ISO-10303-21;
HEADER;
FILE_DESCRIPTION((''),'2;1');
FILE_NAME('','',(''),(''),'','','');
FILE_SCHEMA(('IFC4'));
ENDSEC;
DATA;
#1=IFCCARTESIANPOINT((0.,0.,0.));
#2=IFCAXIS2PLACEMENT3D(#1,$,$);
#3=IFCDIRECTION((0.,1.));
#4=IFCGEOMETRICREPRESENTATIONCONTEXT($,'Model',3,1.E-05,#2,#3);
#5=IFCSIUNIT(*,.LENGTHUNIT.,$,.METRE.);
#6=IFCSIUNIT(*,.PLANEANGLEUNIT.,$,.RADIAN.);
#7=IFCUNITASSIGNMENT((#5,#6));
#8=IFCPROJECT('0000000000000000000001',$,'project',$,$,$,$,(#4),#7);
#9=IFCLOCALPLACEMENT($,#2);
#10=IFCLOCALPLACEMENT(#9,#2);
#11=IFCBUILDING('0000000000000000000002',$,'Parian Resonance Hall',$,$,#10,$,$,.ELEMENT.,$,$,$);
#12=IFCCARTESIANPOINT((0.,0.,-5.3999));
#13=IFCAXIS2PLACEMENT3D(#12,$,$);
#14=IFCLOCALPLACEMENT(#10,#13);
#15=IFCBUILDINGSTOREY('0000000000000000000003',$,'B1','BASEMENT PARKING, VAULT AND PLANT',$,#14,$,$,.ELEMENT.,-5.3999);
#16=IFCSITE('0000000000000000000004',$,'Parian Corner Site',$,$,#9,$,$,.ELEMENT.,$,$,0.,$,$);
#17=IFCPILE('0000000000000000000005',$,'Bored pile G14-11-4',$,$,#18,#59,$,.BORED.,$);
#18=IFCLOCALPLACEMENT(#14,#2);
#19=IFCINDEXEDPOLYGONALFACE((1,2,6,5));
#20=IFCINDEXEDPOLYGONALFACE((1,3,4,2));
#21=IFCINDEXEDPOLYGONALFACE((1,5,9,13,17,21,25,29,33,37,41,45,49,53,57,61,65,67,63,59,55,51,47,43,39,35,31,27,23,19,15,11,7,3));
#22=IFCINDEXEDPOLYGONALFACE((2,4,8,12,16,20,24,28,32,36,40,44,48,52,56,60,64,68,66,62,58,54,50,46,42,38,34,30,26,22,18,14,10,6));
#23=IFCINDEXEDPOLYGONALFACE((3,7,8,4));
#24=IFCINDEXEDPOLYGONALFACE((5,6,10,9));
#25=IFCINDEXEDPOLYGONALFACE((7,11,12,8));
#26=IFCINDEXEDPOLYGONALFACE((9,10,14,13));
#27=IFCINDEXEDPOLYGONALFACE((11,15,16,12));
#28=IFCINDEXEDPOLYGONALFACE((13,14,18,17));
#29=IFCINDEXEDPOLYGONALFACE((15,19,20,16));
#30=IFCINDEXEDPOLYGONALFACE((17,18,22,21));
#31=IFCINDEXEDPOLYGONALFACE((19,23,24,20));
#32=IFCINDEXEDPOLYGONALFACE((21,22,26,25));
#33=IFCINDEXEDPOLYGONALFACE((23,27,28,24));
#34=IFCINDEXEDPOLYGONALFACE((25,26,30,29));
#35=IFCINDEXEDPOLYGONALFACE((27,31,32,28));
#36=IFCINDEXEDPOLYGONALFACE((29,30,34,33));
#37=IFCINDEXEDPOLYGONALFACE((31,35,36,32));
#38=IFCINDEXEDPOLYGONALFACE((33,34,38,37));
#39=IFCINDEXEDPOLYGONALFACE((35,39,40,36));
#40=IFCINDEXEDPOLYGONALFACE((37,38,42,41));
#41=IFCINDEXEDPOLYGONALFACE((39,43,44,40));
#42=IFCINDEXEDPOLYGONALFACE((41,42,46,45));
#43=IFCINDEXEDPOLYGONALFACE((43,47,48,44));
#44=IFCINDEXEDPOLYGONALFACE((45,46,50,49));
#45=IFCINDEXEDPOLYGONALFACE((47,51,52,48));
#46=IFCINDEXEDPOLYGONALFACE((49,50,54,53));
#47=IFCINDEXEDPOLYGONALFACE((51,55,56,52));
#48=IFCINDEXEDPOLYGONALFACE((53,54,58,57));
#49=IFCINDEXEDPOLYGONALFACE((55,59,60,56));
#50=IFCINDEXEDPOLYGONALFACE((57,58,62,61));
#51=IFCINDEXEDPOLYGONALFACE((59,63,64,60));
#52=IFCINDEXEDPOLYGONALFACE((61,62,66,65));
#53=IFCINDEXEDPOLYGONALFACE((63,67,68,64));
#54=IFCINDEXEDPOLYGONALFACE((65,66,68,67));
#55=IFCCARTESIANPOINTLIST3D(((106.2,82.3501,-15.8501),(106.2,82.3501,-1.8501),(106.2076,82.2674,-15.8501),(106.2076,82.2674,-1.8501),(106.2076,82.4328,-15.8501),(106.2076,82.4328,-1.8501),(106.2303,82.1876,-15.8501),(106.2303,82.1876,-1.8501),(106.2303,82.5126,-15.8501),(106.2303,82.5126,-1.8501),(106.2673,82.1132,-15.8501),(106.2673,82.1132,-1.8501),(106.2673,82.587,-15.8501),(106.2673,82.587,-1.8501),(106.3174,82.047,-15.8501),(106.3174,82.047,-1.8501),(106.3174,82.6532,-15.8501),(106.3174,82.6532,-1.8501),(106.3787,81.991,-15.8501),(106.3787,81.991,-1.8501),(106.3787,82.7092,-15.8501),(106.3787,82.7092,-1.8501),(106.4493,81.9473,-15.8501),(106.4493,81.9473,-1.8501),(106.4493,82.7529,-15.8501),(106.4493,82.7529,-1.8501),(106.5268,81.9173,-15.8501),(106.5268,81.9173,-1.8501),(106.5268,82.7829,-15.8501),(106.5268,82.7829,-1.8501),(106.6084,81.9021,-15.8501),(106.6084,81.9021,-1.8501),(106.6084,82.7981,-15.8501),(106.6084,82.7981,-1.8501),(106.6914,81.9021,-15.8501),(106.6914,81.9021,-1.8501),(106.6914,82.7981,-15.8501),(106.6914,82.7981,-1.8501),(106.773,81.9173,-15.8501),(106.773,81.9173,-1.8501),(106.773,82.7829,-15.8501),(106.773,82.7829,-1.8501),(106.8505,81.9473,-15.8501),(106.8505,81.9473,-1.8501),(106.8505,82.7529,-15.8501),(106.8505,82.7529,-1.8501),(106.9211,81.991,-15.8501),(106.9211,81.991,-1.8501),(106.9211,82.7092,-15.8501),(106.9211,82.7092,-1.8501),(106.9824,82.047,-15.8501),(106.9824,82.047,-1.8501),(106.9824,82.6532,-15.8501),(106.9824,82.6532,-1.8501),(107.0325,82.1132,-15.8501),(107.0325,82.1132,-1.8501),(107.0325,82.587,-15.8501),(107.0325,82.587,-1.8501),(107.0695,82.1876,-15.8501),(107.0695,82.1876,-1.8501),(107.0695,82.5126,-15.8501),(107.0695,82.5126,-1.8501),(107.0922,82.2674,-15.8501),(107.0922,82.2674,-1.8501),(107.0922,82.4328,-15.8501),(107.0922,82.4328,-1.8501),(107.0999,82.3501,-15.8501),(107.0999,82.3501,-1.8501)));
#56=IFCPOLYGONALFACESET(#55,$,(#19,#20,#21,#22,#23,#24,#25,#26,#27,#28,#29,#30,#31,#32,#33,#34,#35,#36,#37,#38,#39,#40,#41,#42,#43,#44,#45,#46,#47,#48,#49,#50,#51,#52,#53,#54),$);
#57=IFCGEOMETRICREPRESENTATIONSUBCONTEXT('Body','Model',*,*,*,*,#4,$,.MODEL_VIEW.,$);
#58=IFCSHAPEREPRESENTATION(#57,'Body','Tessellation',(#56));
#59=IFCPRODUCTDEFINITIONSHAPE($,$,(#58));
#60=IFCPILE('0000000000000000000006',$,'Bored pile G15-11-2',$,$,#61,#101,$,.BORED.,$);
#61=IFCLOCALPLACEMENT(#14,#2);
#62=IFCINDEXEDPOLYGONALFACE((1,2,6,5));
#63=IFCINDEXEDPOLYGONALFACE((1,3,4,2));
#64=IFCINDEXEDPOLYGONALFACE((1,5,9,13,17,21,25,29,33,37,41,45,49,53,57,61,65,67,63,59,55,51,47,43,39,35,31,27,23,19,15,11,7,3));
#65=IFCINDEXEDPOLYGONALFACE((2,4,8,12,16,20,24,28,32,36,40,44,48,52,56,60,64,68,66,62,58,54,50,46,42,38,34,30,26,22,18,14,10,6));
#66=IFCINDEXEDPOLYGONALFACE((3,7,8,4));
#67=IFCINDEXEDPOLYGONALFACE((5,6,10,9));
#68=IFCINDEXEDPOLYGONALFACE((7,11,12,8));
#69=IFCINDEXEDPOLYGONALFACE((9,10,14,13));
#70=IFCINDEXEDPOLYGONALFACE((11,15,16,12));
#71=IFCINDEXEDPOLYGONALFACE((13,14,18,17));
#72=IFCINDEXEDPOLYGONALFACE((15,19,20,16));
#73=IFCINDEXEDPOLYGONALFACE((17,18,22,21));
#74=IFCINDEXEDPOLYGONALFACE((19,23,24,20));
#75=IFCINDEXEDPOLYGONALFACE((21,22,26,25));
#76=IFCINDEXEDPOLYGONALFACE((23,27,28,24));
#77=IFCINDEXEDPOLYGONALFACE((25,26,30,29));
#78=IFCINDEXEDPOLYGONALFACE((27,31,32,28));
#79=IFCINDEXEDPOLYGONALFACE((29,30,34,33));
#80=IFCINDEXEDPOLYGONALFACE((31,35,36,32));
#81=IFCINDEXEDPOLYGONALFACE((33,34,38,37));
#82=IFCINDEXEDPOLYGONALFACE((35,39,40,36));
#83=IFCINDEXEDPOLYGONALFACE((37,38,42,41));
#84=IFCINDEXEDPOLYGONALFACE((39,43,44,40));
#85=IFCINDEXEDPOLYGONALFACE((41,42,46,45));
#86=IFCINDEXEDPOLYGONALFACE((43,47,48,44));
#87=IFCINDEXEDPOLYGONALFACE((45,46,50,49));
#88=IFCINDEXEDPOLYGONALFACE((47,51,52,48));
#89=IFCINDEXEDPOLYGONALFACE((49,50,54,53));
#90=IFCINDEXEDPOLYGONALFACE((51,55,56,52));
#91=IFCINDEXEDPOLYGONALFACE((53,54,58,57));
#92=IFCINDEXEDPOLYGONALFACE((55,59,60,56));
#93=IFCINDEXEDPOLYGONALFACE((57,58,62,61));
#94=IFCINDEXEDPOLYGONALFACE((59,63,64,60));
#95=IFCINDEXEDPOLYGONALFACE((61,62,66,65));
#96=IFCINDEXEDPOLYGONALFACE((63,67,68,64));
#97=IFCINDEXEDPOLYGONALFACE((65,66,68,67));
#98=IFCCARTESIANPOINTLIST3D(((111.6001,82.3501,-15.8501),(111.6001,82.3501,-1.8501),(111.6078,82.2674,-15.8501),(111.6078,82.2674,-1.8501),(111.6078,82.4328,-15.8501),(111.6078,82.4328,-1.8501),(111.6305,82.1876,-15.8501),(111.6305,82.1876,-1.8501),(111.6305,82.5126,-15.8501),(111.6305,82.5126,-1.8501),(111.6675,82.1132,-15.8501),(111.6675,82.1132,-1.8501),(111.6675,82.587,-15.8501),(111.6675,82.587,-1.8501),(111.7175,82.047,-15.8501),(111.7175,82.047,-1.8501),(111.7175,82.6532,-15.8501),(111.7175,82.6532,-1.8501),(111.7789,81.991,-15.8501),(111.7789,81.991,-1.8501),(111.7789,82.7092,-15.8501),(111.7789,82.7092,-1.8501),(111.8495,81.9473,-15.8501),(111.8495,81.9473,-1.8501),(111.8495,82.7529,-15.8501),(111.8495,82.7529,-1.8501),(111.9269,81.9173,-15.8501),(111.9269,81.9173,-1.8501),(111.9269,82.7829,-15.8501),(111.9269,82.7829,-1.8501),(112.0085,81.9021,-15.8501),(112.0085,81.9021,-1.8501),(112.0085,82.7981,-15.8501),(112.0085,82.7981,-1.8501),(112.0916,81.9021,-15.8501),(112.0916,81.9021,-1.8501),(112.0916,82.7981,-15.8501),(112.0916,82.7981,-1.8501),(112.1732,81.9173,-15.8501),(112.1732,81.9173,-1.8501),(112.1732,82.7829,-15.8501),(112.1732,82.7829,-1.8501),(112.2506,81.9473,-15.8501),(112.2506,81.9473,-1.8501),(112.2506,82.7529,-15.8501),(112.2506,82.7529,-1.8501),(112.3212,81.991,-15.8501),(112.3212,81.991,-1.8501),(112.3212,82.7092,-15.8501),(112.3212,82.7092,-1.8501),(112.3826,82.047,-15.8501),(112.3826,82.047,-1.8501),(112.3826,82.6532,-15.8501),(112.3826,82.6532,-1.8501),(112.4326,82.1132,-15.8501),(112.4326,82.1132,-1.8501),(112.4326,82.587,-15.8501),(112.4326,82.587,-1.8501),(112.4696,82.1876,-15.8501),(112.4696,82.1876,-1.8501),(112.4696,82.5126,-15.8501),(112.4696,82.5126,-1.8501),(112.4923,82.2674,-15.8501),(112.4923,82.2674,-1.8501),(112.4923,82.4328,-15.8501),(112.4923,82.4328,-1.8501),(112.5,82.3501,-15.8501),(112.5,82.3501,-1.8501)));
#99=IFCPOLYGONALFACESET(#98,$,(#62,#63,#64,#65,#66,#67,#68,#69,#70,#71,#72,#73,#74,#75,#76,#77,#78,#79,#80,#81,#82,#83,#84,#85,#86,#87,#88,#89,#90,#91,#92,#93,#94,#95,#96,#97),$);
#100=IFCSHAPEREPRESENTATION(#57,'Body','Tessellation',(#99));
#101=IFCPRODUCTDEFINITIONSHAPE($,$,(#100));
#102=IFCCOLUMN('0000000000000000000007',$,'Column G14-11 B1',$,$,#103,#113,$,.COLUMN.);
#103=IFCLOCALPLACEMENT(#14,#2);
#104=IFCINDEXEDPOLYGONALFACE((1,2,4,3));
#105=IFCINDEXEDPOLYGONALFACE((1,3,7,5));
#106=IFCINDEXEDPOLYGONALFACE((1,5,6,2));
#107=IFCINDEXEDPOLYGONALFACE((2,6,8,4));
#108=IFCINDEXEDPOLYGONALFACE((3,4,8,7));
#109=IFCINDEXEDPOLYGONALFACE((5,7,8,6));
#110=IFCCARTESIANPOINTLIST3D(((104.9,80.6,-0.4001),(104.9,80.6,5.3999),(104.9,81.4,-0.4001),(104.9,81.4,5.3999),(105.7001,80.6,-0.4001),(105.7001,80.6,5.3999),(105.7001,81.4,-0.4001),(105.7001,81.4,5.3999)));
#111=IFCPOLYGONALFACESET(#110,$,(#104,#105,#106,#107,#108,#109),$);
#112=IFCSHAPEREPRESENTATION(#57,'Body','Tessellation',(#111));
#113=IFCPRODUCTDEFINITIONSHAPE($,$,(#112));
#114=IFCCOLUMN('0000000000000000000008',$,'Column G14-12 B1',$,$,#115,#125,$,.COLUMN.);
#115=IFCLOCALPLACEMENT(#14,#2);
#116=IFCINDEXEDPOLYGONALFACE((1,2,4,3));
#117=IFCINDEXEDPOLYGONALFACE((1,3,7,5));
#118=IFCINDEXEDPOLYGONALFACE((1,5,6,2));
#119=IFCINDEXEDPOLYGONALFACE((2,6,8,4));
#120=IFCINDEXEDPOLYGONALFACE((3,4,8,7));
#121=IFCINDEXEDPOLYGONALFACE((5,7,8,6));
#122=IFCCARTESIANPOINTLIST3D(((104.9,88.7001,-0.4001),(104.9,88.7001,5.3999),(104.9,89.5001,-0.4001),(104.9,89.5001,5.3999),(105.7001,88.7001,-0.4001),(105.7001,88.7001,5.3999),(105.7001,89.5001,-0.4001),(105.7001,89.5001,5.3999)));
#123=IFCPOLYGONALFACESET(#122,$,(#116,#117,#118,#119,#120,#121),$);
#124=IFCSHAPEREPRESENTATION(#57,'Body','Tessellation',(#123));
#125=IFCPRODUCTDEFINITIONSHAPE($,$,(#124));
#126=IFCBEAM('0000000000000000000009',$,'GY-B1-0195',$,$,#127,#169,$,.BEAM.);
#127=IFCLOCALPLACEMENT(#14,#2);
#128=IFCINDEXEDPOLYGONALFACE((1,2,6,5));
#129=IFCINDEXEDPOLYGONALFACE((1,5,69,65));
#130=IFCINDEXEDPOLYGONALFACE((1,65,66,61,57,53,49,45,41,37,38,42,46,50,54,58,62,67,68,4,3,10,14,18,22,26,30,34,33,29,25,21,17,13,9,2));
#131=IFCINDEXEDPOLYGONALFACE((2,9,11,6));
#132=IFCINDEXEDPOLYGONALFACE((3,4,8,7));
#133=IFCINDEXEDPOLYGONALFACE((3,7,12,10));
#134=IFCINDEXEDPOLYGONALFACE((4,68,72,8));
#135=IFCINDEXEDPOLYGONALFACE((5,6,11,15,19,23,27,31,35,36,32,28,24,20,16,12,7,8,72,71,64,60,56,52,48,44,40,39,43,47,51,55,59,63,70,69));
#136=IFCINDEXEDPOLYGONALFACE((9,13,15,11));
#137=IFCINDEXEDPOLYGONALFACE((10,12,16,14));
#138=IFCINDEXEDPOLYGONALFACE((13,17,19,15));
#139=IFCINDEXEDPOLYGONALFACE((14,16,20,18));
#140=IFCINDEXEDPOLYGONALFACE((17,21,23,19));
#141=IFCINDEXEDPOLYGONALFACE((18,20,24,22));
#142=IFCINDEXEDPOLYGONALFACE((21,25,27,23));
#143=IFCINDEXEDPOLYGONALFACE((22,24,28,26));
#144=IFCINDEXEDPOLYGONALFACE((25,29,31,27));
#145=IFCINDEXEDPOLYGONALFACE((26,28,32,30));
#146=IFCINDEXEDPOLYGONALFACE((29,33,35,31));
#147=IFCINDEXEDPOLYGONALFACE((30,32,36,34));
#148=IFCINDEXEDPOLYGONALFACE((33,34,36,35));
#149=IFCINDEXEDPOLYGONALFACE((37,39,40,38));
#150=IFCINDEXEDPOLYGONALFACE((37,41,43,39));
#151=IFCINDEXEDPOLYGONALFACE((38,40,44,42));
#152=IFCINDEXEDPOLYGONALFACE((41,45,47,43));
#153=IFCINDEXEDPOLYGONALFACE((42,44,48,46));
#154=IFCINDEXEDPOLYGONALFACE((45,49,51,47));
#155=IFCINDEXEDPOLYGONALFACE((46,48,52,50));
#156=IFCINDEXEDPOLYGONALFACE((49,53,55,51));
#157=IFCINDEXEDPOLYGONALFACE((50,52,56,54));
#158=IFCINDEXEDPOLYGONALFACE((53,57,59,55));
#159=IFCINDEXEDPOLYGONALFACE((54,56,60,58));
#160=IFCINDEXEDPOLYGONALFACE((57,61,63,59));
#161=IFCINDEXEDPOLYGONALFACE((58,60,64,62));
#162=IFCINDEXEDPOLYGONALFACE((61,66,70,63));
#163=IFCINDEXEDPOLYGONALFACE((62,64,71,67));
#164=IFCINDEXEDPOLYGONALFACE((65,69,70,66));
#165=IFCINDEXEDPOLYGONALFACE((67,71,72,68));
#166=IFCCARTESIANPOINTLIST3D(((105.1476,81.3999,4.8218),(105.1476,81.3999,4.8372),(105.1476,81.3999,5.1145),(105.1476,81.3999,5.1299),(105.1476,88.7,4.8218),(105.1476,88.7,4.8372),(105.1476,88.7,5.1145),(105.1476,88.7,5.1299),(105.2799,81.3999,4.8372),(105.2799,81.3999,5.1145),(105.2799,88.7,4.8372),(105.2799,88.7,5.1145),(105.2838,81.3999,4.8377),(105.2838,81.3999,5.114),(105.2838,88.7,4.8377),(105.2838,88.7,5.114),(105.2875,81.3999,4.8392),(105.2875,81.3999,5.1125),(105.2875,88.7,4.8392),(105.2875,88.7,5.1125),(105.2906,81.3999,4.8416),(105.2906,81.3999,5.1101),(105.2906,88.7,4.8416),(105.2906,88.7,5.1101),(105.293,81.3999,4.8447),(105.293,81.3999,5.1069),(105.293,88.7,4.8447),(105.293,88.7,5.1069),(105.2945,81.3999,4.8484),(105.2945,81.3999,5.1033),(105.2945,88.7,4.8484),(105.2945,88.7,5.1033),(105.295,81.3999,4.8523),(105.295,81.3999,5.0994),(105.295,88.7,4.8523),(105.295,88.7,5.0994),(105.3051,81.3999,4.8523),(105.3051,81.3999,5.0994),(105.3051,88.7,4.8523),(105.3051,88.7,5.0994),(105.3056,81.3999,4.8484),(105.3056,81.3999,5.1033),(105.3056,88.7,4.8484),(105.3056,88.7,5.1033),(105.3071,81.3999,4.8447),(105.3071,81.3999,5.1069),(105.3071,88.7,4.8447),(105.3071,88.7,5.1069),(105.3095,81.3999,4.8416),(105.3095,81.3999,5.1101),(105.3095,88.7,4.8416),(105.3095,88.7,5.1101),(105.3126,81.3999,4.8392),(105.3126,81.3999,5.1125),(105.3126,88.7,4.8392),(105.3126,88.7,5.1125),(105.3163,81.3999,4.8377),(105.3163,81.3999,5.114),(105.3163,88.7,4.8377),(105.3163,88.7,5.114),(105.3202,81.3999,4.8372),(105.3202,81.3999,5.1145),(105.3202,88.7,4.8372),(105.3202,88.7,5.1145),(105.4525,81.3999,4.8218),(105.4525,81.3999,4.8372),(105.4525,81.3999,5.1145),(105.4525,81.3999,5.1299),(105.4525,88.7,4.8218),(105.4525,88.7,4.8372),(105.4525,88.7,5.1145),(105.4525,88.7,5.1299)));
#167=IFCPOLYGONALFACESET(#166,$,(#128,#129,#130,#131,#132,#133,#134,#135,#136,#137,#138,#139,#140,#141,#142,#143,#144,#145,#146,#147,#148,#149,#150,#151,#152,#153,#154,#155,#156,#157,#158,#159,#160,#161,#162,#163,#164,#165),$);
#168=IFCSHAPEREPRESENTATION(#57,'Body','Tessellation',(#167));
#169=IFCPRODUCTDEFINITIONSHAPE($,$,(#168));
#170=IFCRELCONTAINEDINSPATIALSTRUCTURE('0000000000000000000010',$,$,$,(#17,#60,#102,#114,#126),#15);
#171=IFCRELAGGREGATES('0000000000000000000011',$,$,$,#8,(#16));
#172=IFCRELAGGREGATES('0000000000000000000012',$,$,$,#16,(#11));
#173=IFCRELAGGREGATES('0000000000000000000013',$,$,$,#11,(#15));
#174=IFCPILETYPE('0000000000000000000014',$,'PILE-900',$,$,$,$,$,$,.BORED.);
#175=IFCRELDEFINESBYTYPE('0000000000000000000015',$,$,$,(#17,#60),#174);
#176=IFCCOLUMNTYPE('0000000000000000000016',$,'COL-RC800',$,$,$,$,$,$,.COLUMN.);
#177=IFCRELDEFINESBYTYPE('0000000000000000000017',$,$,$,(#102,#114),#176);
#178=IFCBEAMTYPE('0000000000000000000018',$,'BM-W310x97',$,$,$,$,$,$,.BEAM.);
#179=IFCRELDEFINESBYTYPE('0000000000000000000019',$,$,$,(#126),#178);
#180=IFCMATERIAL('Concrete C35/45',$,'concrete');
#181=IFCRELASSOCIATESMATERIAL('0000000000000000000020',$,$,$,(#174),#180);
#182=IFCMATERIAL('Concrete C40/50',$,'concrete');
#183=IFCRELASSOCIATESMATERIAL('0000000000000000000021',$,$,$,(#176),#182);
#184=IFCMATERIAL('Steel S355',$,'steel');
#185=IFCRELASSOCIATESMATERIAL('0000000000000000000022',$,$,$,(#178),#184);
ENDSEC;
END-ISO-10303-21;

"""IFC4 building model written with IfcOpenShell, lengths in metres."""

from ifc_helpers import new_model, si_unit, direction, frame, origin, origin_2d, place, context, subcontext, project, spatial, rectangle, circle, i_section, extrude, material, material_profile, profile_set, type_object, element, save


model = new_model("IFC4")

# Units and contexts
model_context = context("Model", 3, precision=1e-05, world=origin(), true_north=direction((0.0, 1.0)))
body_context = subcontext(model_context, "Body", "Model", "MODEL_VIEW")
ifc_project = project(units=[si_unit("LENGTHUNIT", "METRE"), si_unit("PLANEANGLEUNIT", "RADIAN")], contexts=[model_context])

# Site, building, storey
site_placement = place(None, origin())
site = spatial("IfcSite", under=ifc_project, at=site_placement, Name="Parian Corner Site", CompositionType="ELEMENT", RefElevation=0.0)
building_placement = place(site_placement, origin())
building = spatial("IfcBuilding", under=site, at=building_placement, Name="Parian Resonance Hall", CompositionType="ELEMENT")
storey_placement = place(building_placement, frame((0.0, 0.0, -5.3999)))
storey = spatial("IfcBuildingStorey", under=building, at=storey_placement, Name="B1", Description="BASEMENT PARKING, VAULT AND PLANT", CompositionType="ELEMENT", Elevation=-5.3999)

# Piles
ifc_material_1 = material(Name="Concrete C35/45", Category="concrete")
ifc_material_profile_1 = material_profile(ifc_material_1, circle(Radius=0.45, at=origin_2d()), Name="PILE-D900")
ifc_profile_set_1 = profile_set([ifc_material_profile_1], Name="Concrete C35/45")
pile_type_1 = type_object("IfcPileType", Name="PILE-900", PredefinedType="BORED", material=ifc_profile_set_1)
for number, where, z_axis, x_axis, name in (
    (1, (106.6499, 82.3501, -1.8501), (0.0, 0.0, -1.0), (1.0, 0.0, 0.0), "Bored pile G14-11-4"),
    (2, (112.05, 82.3501, -1.8501), (0.0, 0.0, -1.0), (1.0, 0.0, 0.0), "Bored pile G15-11-2"),
):
    element("IfcPile", number, at=place(storey_placement, frame(where, z_axis=z_axis, x_axis=x_axis)), inside=storey, type_object=pile_type_1, Name=name, PredefinedType="BORED", context=body_context, shape_type="SweptSolid", body=[
        extrude(circle(Radius=0.45, at=origin_2d()), origin(), (0.0, 0.0, 1.0), 14.0),
    ])

# Columns
ifc_material_2 = material(Name="Concrete C40/50", Category="concrete")
ifc_material_profile_2 = material_profile(ifc_material_2, rectangle(XDim=0.8, YDim=0.8, at=origin_2d()), Name="RC-COL-800x800")
ifc_profile_set_2 = profile_set([ifc_material_profile_2], Name="Concrete C40/50")
column_type = type_object("IfcColumnType", Name="COL-RC800", PredefinedType="COLUMN", material=ifc_profile_set_2)
for number, where, z_axis, x_axis, name in (
    (3, (105.3, 81.0, -0.4001), (0.0, 0.0, 1.0), (1.0, 0.0, 0.0), "Column G14-11 B1"),
    (4, (105.3, 89.1001, -0.4001), (0.0, 0.0, 1.0), (1.0, 0.0, 0.0), "Column G14-12 B1"),
):
    element("IfcColumn", number, at=place(storey_placement, frame(where, z_axis=z_axis, x_axis=x_axis)), inside=storey, type_object=column_type, Name=name, PredefinedType="COLUMN", context=body_context, shape_type="SweptSolid", body=[
        extrude(rectangle(XDim=0.8, YDim=0.8, at=origin_2d()), origin(), (0.0, 0.0, 1.0), 5.8),
    ])

# Beam
ifc_material_3 = material(Name="Steel S355", Category="steel")
ifc_material_profile_3 = material_profile(ifc_material_3, i_section(OverallWidth=0.3049, OverallDepth=0.3081, WebThickness=0.01, FlangeThickness=0.0154, FilletRadius=0.0151, at=origin_2d()), Name="W310x97")
ifc_profile_set_3 = profile_set([ifc_material_profile_3], Name="Steel S355")
beam_type_1 = type_object("IfcBeamType", Name="BM-W310x97", PredefinedType="BEAM", material=ifc_profile_set_3)
beam_1_placement = place(storey_placement, frame((105.3, 81.3999, 4.9758), z_axis=(0.0, 1.0, 0.0), x_axis=(-1.0, 0.0, 0.0)))
element("IfcBeam", 5, at=beam_1_placement, inside=storey, type_object=beam_type_1, Name="GY-B1-0195", PredefinedType="BEAM", context=body_context, shape_type="SweptSolid", body=[
    extrude(i_section(OverallWidth=0.3049, OverallDepth=0.3081, WebThickness=0.01, FlangeThickness=0.0154, FilletRadius=0.0151, at=origin_2d()), origin(), (0.0, 0.0, 1.0), 7.3),
])

save(model, "model.ifc")
